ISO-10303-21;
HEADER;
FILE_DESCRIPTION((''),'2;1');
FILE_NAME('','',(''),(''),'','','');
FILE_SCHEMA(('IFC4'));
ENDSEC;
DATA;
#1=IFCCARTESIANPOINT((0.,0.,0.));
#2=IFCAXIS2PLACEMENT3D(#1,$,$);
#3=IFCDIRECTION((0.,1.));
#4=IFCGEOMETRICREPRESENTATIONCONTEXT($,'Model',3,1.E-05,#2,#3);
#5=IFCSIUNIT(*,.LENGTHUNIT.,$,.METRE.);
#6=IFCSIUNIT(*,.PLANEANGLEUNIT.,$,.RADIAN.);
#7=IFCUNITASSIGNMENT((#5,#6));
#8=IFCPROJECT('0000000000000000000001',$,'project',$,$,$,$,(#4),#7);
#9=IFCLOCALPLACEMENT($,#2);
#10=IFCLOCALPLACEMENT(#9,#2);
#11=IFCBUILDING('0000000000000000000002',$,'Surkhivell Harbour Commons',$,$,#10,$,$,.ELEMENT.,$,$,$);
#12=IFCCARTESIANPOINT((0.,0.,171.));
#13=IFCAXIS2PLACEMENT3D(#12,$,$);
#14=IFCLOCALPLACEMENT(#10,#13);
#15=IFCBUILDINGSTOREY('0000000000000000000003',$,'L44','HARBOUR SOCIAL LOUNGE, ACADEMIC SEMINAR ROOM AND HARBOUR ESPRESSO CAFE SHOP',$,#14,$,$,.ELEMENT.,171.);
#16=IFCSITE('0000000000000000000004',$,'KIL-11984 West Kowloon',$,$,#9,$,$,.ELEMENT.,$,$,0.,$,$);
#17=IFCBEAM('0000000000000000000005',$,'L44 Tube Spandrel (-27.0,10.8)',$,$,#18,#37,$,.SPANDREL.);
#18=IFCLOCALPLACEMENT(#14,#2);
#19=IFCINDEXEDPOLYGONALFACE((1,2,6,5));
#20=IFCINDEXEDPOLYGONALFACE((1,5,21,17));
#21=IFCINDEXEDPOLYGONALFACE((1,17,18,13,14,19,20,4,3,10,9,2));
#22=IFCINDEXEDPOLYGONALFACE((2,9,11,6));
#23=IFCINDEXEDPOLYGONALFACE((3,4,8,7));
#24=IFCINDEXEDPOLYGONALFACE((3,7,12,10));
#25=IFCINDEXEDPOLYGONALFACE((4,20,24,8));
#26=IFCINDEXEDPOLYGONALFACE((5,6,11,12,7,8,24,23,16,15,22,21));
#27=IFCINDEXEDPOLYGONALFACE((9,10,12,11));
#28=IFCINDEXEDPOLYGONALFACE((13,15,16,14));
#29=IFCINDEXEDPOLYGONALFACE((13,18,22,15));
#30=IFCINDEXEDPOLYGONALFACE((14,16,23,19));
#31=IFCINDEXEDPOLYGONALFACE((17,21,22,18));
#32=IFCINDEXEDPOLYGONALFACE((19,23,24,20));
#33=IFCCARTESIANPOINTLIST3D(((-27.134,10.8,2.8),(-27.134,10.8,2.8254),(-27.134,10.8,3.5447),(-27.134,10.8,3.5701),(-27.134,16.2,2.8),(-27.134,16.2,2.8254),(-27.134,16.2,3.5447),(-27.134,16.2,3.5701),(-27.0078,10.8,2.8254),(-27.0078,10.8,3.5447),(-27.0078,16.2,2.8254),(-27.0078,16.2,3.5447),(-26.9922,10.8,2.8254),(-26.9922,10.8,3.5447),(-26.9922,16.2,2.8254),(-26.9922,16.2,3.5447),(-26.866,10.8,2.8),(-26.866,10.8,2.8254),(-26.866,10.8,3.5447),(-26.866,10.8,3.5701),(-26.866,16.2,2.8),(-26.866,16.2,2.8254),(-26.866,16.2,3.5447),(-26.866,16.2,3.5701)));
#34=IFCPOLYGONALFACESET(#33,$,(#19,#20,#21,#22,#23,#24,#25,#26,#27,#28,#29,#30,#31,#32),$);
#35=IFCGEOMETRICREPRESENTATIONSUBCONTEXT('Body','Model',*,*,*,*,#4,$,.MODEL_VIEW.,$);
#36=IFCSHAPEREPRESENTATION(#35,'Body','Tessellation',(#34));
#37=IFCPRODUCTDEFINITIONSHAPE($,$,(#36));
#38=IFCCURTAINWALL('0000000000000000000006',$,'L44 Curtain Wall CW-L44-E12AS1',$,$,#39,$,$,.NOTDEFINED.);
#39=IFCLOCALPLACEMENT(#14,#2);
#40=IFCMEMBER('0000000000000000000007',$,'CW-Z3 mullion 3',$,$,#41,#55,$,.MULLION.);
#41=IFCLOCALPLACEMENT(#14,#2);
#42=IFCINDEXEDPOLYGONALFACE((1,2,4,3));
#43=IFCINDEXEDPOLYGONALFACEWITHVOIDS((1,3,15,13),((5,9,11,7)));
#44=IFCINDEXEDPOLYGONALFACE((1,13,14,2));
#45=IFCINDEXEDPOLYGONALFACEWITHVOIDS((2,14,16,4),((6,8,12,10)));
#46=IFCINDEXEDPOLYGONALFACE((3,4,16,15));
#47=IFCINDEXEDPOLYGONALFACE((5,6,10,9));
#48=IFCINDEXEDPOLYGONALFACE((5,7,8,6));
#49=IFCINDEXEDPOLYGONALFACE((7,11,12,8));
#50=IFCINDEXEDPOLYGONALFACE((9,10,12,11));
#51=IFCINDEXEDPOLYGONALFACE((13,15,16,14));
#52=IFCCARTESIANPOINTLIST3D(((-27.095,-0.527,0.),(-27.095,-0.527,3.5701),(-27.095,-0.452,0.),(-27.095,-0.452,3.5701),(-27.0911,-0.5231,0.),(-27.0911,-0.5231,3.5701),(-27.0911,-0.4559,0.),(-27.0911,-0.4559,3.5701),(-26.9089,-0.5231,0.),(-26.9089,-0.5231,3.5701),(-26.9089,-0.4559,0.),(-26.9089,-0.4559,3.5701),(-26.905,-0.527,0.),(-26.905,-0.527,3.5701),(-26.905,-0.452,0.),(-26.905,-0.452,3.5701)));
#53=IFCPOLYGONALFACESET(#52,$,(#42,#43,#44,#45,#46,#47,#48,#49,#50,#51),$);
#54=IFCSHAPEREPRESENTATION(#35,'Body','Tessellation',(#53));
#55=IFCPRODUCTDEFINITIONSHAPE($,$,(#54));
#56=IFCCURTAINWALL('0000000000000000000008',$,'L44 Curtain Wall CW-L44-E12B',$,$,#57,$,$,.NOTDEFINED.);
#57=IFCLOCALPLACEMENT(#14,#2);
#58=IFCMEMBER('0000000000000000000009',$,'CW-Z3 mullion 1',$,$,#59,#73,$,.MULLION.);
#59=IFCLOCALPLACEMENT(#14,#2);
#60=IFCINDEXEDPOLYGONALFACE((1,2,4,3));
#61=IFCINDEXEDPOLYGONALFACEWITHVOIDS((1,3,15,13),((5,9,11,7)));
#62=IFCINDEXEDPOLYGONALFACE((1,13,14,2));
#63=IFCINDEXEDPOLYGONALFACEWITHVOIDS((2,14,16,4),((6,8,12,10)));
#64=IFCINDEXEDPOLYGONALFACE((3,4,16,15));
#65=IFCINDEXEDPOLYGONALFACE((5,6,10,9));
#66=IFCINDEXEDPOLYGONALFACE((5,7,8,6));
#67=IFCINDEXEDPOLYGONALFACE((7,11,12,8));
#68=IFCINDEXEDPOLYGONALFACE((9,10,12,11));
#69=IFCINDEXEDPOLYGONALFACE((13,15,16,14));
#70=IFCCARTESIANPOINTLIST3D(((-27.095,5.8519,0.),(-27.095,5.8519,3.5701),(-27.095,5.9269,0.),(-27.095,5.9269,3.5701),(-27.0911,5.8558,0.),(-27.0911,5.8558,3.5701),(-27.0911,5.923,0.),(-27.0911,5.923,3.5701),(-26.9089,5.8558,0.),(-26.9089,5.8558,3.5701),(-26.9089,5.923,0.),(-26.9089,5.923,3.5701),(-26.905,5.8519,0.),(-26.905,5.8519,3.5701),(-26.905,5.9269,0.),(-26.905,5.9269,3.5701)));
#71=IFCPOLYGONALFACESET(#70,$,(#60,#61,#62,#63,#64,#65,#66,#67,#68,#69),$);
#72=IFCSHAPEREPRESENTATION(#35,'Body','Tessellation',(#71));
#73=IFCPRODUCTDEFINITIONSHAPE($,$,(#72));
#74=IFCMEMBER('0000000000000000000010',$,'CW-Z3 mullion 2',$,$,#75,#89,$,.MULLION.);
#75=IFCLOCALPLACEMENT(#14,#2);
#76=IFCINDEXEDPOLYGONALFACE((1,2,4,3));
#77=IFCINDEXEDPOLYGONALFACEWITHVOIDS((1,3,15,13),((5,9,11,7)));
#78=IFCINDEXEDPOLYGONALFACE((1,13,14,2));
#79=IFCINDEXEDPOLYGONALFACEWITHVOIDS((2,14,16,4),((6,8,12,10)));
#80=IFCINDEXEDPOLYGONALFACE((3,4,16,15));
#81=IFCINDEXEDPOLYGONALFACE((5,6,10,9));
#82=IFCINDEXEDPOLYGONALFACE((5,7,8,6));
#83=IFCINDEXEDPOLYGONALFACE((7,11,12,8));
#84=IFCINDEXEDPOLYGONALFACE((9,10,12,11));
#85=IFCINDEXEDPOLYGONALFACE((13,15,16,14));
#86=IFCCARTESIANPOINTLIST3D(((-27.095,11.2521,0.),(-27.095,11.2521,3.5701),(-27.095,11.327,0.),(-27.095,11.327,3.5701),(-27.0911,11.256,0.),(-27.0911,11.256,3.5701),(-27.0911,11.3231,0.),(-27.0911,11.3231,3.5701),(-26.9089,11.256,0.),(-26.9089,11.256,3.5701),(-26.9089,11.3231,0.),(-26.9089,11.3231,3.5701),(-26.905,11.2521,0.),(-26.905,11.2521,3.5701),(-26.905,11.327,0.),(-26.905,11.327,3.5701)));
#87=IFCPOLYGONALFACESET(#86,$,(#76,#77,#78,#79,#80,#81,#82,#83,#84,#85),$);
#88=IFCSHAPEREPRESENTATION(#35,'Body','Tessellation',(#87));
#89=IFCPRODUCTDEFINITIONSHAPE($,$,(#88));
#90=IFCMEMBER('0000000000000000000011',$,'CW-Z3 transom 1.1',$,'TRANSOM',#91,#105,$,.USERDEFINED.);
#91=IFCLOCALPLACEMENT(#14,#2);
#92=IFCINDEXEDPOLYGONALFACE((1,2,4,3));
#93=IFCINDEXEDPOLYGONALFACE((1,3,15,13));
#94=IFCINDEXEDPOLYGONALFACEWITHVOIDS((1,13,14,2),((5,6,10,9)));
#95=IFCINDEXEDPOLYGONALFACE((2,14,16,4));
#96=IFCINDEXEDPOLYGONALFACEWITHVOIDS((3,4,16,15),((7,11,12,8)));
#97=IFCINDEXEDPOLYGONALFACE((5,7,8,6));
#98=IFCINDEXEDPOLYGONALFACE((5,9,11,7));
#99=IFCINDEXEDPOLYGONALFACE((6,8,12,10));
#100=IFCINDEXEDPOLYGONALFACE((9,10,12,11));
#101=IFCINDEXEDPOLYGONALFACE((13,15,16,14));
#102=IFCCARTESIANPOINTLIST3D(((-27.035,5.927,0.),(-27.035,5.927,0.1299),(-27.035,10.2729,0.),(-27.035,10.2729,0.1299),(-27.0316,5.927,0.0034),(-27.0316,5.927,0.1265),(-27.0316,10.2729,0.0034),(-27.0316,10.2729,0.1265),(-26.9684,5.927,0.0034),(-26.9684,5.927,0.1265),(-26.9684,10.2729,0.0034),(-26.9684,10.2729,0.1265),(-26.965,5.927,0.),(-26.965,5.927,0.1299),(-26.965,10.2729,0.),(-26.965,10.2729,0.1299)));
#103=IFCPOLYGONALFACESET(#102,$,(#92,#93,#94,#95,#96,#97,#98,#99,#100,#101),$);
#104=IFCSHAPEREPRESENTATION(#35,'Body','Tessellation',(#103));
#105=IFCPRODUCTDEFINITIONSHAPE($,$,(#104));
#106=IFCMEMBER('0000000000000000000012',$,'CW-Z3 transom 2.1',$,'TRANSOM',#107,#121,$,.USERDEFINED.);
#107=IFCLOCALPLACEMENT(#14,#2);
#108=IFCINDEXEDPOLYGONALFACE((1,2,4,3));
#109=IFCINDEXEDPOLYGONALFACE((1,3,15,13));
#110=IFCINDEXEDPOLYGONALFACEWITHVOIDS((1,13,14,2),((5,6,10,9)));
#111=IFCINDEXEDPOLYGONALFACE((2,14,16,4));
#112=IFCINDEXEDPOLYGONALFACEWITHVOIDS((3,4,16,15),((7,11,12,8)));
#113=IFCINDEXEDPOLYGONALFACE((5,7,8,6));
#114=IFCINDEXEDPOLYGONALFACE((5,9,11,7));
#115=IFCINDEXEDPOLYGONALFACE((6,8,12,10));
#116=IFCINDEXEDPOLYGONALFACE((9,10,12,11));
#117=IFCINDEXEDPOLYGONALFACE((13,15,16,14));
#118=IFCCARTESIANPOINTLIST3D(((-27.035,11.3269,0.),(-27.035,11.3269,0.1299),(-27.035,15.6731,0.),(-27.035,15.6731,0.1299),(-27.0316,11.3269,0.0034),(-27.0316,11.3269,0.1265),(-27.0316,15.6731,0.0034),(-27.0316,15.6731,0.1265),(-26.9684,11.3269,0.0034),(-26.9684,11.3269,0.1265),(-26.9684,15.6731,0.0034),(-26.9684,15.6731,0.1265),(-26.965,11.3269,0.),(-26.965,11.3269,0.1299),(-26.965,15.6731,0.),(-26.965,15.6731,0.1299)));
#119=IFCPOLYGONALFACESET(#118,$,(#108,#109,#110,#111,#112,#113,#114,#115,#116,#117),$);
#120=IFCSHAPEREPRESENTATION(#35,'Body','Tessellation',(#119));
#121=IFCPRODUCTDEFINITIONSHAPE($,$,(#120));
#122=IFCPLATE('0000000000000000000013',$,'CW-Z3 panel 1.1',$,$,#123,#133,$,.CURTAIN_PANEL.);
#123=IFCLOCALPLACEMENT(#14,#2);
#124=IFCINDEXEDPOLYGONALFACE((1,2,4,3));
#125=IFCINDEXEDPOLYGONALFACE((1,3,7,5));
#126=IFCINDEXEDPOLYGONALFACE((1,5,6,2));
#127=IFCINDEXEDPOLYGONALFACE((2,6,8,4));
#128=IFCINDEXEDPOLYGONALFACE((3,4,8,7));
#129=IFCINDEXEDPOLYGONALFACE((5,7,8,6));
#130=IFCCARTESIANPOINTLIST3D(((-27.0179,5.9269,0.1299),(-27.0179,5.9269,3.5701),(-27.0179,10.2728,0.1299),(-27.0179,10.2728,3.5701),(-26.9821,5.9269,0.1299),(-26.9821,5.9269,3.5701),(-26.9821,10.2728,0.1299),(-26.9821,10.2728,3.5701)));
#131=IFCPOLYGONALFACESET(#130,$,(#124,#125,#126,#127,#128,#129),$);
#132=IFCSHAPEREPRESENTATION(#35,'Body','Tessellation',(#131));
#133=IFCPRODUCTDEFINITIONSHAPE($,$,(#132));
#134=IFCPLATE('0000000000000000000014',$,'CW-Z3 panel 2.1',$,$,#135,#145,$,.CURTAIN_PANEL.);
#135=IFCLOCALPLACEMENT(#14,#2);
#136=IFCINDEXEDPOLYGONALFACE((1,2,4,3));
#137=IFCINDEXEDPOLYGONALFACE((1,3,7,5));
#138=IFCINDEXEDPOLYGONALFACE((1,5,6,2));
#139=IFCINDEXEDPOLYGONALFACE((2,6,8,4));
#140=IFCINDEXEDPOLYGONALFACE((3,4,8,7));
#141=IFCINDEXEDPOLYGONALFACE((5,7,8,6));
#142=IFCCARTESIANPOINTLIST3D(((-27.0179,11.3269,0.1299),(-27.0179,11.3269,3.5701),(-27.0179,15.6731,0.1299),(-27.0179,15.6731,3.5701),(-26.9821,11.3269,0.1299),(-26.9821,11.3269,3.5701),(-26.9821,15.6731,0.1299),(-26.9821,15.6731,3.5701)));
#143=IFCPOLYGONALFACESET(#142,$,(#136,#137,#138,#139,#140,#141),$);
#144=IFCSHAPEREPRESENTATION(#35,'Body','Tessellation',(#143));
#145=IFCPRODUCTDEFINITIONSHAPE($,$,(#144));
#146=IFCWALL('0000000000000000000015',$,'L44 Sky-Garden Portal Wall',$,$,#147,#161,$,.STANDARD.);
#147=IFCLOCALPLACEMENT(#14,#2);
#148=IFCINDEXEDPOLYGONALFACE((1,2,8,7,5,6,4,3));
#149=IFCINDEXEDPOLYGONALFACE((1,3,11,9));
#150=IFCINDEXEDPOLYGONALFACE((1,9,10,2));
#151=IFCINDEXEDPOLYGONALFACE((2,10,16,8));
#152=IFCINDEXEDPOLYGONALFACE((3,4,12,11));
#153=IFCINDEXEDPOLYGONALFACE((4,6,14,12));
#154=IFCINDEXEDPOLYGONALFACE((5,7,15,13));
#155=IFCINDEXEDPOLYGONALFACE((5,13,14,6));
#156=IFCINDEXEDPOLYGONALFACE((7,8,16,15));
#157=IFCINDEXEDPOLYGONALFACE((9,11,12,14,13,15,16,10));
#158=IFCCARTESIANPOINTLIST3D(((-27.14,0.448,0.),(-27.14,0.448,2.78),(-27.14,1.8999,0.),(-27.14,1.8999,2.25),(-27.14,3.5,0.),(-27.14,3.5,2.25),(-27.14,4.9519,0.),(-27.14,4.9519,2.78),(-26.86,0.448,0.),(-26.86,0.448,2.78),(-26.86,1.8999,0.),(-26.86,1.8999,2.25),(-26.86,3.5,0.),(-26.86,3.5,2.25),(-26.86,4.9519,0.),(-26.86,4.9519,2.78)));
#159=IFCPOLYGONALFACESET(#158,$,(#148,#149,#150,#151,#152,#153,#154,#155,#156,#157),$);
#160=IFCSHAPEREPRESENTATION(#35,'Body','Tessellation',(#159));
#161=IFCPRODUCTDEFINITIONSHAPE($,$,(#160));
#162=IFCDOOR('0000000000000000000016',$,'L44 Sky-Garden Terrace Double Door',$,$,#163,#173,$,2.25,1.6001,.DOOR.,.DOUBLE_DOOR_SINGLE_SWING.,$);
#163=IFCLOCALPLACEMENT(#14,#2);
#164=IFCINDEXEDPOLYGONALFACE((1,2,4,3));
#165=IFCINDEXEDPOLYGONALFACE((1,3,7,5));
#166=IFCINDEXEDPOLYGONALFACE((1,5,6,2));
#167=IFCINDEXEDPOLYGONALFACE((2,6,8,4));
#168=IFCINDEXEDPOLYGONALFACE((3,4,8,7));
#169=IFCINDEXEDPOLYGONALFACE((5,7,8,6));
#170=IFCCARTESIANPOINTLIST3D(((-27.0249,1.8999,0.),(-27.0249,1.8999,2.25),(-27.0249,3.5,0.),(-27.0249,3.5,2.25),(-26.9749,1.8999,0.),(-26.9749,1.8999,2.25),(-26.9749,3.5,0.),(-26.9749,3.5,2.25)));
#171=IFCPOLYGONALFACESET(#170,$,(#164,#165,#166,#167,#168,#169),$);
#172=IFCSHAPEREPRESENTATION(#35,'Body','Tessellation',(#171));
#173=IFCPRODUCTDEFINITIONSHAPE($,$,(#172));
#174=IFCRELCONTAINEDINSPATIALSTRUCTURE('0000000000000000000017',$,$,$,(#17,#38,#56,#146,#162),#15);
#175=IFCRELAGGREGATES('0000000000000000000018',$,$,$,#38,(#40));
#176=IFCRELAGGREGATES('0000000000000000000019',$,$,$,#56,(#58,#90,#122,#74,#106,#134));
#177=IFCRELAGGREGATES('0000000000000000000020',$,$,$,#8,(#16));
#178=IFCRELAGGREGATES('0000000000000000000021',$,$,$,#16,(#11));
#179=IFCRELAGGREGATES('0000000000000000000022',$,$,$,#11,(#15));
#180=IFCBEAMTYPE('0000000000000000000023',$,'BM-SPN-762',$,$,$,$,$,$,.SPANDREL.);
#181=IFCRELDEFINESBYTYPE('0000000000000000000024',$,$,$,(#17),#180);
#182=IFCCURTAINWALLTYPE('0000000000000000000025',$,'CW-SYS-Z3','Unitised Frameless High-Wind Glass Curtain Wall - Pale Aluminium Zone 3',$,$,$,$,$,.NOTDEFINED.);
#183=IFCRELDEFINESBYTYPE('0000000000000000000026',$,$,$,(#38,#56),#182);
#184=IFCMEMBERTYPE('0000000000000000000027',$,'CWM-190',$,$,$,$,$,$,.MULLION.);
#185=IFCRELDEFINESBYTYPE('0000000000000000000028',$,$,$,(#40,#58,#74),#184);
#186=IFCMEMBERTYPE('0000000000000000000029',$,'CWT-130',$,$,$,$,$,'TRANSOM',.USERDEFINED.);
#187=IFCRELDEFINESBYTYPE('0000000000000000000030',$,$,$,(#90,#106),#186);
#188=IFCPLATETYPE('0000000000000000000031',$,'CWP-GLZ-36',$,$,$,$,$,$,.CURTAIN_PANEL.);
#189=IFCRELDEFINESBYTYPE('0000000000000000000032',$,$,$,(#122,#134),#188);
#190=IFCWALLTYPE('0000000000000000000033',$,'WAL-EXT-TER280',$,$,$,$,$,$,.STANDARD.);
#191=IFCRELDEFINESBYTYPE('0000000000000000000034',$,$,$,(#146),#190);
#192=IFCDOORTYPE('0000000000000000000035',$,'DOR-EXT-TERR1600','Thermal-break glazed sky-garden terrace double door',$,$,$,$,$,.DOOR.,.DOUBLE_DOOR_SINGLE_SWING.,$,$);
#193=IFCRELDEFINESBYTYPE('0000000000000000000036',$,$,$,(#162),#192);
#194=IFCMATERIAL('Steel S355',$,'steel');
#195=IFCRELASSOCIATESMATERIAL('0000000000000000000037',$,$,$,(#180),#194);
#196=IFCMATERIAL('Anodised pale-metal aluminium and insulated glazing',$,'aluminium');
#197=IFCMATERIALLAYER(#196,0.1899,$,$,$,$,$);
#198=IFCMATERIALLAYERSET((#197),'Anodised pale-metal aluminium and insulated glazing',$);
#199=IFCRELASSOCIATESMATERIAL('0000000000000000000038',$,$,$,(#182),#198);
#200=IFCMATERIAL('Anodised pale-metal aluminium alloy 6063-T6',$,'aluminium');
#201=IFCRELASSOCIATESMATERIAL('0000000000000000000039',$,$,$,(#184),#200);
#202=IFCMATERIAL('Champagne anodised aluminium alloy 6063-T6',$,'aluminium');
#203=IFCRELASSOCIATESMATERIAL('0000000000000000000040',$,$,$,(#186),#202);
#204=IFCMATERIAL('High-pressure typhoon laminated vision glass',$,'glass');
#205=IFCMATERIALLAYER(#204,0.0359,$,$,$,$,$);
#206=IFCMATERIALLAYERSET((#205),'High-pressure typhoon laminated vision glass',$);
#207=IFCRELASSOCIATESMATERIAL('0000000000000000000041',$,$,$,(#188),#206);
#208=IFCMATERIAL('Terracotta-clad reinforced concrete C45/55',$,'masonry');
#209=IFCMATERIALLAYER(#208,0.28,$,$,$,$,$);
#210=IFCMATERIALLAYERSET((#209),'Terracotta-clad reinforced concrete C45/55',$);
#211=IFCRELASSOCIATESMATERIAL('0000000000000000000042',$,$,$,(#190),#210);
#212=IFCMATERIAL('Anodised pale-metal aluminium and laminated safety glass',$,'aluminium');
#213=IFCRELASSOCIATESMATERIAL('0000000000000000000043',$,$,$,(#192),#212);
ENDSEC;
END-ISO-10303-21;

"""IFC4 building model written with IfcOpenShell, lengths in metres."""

from ifc_helpers import new_model, si_unit, direction, frame, frame_2d, origin, origin_2d, place, context, subcontext, project, spatial, rectangle, hollow_rectangle, i_section, extrude, material, layer, layer_set, material_profile, profile_set, type_object, element, fill, aggregate, save


model = new_model("IFC4")

# Units and contexts
model_context = context("Model", 3, precision=1e-05, world=origin(), true_north=direction((0.0, 1.0)))
body_context = subcontext(model_context, "Body", "Model", "MODEL_VIEW")
ifc_project = project(units=[si_unit("LENGTHUNIT", "METRE"), si_unit("PLANEANGLEUNIT", "RADIAN")], contexts=[model_context])

# Site, building, storey
site_placement = place(None, origin())
site = spatial("IfcSite", under=ifc_project, at=site_placement, Name="KIL-11984 West Kowloon", CompositionType="ELEMENT", RefElevation=0.0)
building_placement = place(site_placement, origin())
building = spatial("IfcBuilding", under=site, at=building_placement, Name="Surkhivell Harbour Commons", CompositionType="ELEMENT")
storey_placement = place(building_placement, frame((0.0, 0.0, 171.0)))
storey = spatial("IfcBuildingStorey", under=building, at=storey_placement, Name="L44", Description="HARBOUR SOCIAL LOUNGE, ACADEMIC SEMINAR ROOM AND HARBOUR ESPRESSO CAFE SHOP", CompositionType="ELEMENT", Elevation=171.0)

# Shared definitions
ifc_material_1 = material(Name="Steel S355", Category="steel")

# Beam
ifc_material_profile_1 = material_profile(ifc_material_1, i_section(OverallWidth=0.2681, OverallDepth=0.77, WebThickness=0.0156, FlangeThickness=0.0254, at=origin_2d()), Name="UB762x267x197")
ifc_profile_set_1 = profile_set([ifc_material_profile_1], Name="Steel S355")
beam_type_1 = type_object("IfcBeamType", Name="BM-SPN-762", PredefinedType="SPANDREL", material=ifc_profile_set_1)
beam_1_placement = place(storey_placement, frame((-27.0, 10.8, 3.1851), z_axis=(0.0, 1.0, 0.0), x_axis=(-1.0, 0.0, 0.0)))
element("IfcBeam", 1, at=beam_1_placement, inside=storey, type_object=beam_type_1, Name="L44 Tube Spandrel (-27.0,10.8)", PredefinedType="SPANDREL", context=body_context, shape_type="SweptSolid", body=[
    extrude(i_section(OverallWidth=0.2681, OverallDepth=0.77, WebThickness=0.0156, FlangeThickness=0.0254, at=origin_2d()), origin(), (0.0, 0.0, 1.0), 5.3999),
])

# Curtain wall, member
ifc_material_2 = material(Name="Anodised pale-metal aluminium and insulated glazing", Category="aluminium")
ifc_layer_1 = layer(ifc_material_2, 0.1899)
ifc_layer_set_1 = layer_set([ifc_layer_1], Name="Anodised pale-metal aluminium and insulated glazing")
curtain_wall_type = type_object("IfcCurtainWallType", Name="CW-SYS-Z3", Description="Unitised Frameless High-Wind Glass Curtain Wall - Pale Aluminium Zone 3", PredefinedType="NOTDEFINED", material=ifc_layer_set_1)
curtain_wall_1_placement = place(storey_placement, origin())
curtain_wall_1 = element("IfcCurtainWall", 2, at=curtain_wall_1_placement, inside=storey, type_object=curtain_wall_type, Name="L44 Curtain Wall CW-L44-E12AS1", PredefinedType="NOTDEFINED")
ifc_material_3 = material(Name="Anodised pale-metal aluminium alloy 6063-T6", Category="aluminium")
ifc_material_profile_2 = material_profile(ifc_material_3, hollow_rectangle(XDim=0.075, YDim=0.1899, WallThickness=0.0039, at=origin_2d()), Name="ALU-MULL-75x190")
ifc_profile_set_2 = profile_set([ifc_material_profile_2], Name="Anodised pale-metal aluminium alloy 6063-T6")
member_type_1 = type_object("IfcMemberType", Name="CWM-190", PredefinedType="MULLION", material=ifc_profile_set_2)
member_1_placement = place(storey_placement, frame((-27.0, -0.4895, 0.0), z_axis=(0.0, 0.0, 1.0), x_axis=(0.0, 1.0, 0.0)))
member_1 = element("IfcMember", 3, at=member_1_placement, type_object=member_type_1, Name="CW-Z3 mullion 3", PredefinedType="MULLION", context=body_context, shape_type="SweptSolid", body=[
    extrude(hollow_rectangle(XDim=0.075, YDim=0.1899, WallThickness=0.0039, at=origin_2d()), origin(), (0.0, 0.0, 1.0), 3.5701),
])
aggregate(curtain_wall_1, [member_1])

# Curtain wall, members, plates
curtain_wall_2_placement = place(storey_placement, origin())
curtain_wall_2 = element("IfcCurtainWall", 4, at=curtain_wall_2_placement, inside=storey, type_object=curtain_wall_type, Name="L44 Curtain Wall CW-L44-E12B", PredefinedType="NOTDEFINED")
member_2_placement = place(storey_placement, frame((-27.0, 5.8894, 0.0), z_axis=(0.0, 0.0, 1.0), x_axis=(0.0, 1.0, 0.0)))
member_2 = element("IfcMember", 5, at=member_2_placement, type_object=member_type_1, Name="CW-Z3 mullion 1", PredefinedType="MULLION", context=body_context, shape_type="SweptSolid", body=[
    extrude(hollow_rectangle(XDim=0.075, YDim=0.1899, WallThickness=0.0039, at=origin_2d()), origin(), (0.0, 0.0, 1.0), 3.5701),
])
member_3_placement = place(storey_placement, frame((-27.0, 11.2896, 0.0), z_axis=(0.0, 0.0, 1.0), x_axis=(0.0, 1.0, 0.0)))
member_3 = element("IfcMember", 6, at=member_3_placement, type_object=member_type_1, Name="CW-Z3 mullion 2", PredefinedType="MULLION", context=body_context, shape_type="SweptSolid", body=[
    extrude(hollow_rectangle(XDim=0.075, YDim=0.1899, WallThickness=0.0039, at=origin_2d()), origin(), (0.0, 0.0, 1.0), 3.5701),
])
ifc_material_4 = material(Name="Champagne anodised aluminium alloy 6063-T6", Category="aluminium")
ifc_material_profile_3 = material_profile(ifc_material_4, hollow_rectangle(XDim=0.0701, YDim=0.1299, WallThickness=0.0034, at=origin_2d()), Name="ALU-TRAN-70x130")
ifc_profile_set_3 = profile_set([ifc_material_profile_3], Name="Champagne anodised aluminium alloy 6063-T6")
member_type_2 = type_object("IfcMemberType", Name="CWT-130", ElementType="TRANSOM", PredefinedType="USERDEFINED", material=ifc_profile_set_3)
member_4_placement = place(storey_placement, frame((-27.0, 5.927, 0.0649), z_axis=(0.0, 1.0, 0.0), x_axis=(-1.0, 0.0, 0.0)))
member_4 = element("IfcMember", 7, at=member_4_placement, type_object=member_type_2, Name="CW-Z3 transom 1.1", ObjectType="TRANSOM", PredefinedType="USERDEFINED", context=body_context, shape_type="SweptSolid", body=[
    extrude(hollow_rectangle(XDim=0.0701, YDim=0.1299, WallThickness=0.0034, at=origin_2d()), origin(), (0.0, 0.0, 1.0), 4.3459),
])
member_5_placement = place(storey_placement, frame((-27.0, 11.3269, 0.0649), z_axis=(0.0, 1.0, 0.0), x_axis=(-1.0, 0.0, 0.0)))
member_5 = element("IfcMember", 8, at=member_5_placement, type_object=member_type_2, Name="CW-Z3 transom 2.1", ObjectType="TRANSOM", PredefinedType="USERDEFINED", context=body_context, shape_type="SweptSolid", body=[
    extrude(hollow_rectangle(XDim=0.0701, YDim=0.1299, WallThickness=0.0034, at=origin_2d()), origin(), (0.0, 0.0, 1.0), 4.3462),
])
ifc_material_5 = material(Name="High-pressure typhoon laminated vision glass", Category="glass")
ifc_layer_2 = layer(ifc_material_5, 0.0359)
ifc_layer_set_2 = layer_set([ifc_layer_2], Name="High-pressure typhoon laminated vision glass")
plate_type = type_object("IfcPlateType", Name="CWP-GLZ-36", PredefinedType="CURTAIN_PANEL", material=ifc_layer_set_2)
plate_1_placement = place(storey_placement, frame((-27.0, 5.927, 0.1299), z_axis=(0.0, 0.0, 1.0), x_axis=(0.0, 1.0, 0.0)))
plate_1 = element("IfcPlate", 9, at=plate_1_placement, type_object=plate_type, Name="CW-Z3 panel 1.1", PredefinedType="CURTAIN_PANEL", context=body_context, shape_type="SweptSolid", body=[
    extrude(rectangle(XDim=4.3459, YDim=0.0359, at=frame_2d((2.1729, 0.0))), origin(), (0.0, 0.0, 1.0), 3.4402),
])
plate_2_placement = place(storey_placement, frame((-27.0, 11.3269, 0.1299), z_axis=(0.0, 0.0, 1.0), x_axis=(0.0, 1.0, 0.0)))
plate_2 = element("IfcPlate", 10, at=plate_2_placement, type_object=plate_type, Name="CW-Z3 panel 2.1", PredefinedType="CURTAIN_PANEL", context=body_context, shape_type="SweptSolid", body=[
    extrude(rectangle(XDim=4.3462, YDim=0.0359, at=frame_2d((2.1731, 0.0))), origin(), (0.0, 0.0, 1.0), 3.4402),
])
aggregate(curtain_wall_2, [member_2, member_4, plate_1, member_3, member_5, plate_2])

# Wall, opening, door
ifc_material_6 = material(Name="Terracotta-clad reinforced concrete C45/55", Category="masonry")
ifc_layer_3 = layer(ifc_material_6, 0.28)
ifc_layer_set_3 = layer_set([ifc_layer_3], Name="Terracotta-clad reinforced concrete C45/55")
wall_type = type_object("IfcWallType", Name="WAL-EXT-TER280", PredefinedType="STANDARD", material=ifc_layer_set_3)
wall_placement = place(storey_placement, frame((-27.0, 0.448, 0.0), z_axis=(0.0, 0.0, 1.0), x_axis=(0.0, 1.0, 0.0)))
wall = element("IfcWall", 11, at=wall_placement, inside=storey, type_object=wall_type, Name="L44 Sky-Garden Portal Wall", PredefinedType="STANDARD", context=body_context, shape_type="SweptSolid", body=[
    extrude(rectangle(XDim=4.5039, YDim=0.28, at=frame_2d((2.252, 0.0))), origin(), (0.0, 0.0, 1.0), 2.78),
])
opening_placement = place(wall_placement, frame((1.4519, 0.0, 0.0)))
opening = element("IfcOpeningElement", 12, at=opening_placement, cuts=wall, PredefinedType="OPENING", context=body_context, shape_type="SweptSolid", body=[
    extrude(rectangle(XDim=1.6001, YDim=2.25, at=frame_2d((0.8, 1.125))), frame((0.0, 0.1499, 0.0), z_axis=(0.0, -1.0, 0.0), x_axis=(1.0, 0.0, 0.0)), (0.0, 0.0, 1.0), 0.3),
])
ifc_material_7 = material(Name="Anodised pale-metal aluminium and laminated safety glass", Category="aluminium")
door_type = type_object("IfcDoorType", Name="DOR-EXT-TERR1600", Description="Thermal-break glazed sky-garden terrace double door", OperationType="DOUBLE_DOOR_SINGLE_SWING", PredefinedType="DOOR", material=ifc_material_7)
door_placement = place(opening_placement, origin())
door = element("IfcDoor", 13, at=door_placement, inside=storey, type_object=door_type, Name="L44 Sky-Garden Terrace Double Door", OperationType="DOUBLE_DOOR_SINGLE_SWING", OverallHeight=2.25, OverallWidth=1.6001, PredefinedType="DOOR", context=body_context, shape_type="SweptSolid", body=[
    extrude(rectangle(XDim=1.6001, YDim=2.25, at=frame_2d((0.8, 1.125))), frame((0.0, 0.0249, 0.0), z_axis=(0.0, -1.0, 0.0), x_axis=(1.0, 0.0, 0.0)), (0.0, 0.0, 1.0), 0.05),
])
fill(opening, door)

save(model, "model.ifc")
